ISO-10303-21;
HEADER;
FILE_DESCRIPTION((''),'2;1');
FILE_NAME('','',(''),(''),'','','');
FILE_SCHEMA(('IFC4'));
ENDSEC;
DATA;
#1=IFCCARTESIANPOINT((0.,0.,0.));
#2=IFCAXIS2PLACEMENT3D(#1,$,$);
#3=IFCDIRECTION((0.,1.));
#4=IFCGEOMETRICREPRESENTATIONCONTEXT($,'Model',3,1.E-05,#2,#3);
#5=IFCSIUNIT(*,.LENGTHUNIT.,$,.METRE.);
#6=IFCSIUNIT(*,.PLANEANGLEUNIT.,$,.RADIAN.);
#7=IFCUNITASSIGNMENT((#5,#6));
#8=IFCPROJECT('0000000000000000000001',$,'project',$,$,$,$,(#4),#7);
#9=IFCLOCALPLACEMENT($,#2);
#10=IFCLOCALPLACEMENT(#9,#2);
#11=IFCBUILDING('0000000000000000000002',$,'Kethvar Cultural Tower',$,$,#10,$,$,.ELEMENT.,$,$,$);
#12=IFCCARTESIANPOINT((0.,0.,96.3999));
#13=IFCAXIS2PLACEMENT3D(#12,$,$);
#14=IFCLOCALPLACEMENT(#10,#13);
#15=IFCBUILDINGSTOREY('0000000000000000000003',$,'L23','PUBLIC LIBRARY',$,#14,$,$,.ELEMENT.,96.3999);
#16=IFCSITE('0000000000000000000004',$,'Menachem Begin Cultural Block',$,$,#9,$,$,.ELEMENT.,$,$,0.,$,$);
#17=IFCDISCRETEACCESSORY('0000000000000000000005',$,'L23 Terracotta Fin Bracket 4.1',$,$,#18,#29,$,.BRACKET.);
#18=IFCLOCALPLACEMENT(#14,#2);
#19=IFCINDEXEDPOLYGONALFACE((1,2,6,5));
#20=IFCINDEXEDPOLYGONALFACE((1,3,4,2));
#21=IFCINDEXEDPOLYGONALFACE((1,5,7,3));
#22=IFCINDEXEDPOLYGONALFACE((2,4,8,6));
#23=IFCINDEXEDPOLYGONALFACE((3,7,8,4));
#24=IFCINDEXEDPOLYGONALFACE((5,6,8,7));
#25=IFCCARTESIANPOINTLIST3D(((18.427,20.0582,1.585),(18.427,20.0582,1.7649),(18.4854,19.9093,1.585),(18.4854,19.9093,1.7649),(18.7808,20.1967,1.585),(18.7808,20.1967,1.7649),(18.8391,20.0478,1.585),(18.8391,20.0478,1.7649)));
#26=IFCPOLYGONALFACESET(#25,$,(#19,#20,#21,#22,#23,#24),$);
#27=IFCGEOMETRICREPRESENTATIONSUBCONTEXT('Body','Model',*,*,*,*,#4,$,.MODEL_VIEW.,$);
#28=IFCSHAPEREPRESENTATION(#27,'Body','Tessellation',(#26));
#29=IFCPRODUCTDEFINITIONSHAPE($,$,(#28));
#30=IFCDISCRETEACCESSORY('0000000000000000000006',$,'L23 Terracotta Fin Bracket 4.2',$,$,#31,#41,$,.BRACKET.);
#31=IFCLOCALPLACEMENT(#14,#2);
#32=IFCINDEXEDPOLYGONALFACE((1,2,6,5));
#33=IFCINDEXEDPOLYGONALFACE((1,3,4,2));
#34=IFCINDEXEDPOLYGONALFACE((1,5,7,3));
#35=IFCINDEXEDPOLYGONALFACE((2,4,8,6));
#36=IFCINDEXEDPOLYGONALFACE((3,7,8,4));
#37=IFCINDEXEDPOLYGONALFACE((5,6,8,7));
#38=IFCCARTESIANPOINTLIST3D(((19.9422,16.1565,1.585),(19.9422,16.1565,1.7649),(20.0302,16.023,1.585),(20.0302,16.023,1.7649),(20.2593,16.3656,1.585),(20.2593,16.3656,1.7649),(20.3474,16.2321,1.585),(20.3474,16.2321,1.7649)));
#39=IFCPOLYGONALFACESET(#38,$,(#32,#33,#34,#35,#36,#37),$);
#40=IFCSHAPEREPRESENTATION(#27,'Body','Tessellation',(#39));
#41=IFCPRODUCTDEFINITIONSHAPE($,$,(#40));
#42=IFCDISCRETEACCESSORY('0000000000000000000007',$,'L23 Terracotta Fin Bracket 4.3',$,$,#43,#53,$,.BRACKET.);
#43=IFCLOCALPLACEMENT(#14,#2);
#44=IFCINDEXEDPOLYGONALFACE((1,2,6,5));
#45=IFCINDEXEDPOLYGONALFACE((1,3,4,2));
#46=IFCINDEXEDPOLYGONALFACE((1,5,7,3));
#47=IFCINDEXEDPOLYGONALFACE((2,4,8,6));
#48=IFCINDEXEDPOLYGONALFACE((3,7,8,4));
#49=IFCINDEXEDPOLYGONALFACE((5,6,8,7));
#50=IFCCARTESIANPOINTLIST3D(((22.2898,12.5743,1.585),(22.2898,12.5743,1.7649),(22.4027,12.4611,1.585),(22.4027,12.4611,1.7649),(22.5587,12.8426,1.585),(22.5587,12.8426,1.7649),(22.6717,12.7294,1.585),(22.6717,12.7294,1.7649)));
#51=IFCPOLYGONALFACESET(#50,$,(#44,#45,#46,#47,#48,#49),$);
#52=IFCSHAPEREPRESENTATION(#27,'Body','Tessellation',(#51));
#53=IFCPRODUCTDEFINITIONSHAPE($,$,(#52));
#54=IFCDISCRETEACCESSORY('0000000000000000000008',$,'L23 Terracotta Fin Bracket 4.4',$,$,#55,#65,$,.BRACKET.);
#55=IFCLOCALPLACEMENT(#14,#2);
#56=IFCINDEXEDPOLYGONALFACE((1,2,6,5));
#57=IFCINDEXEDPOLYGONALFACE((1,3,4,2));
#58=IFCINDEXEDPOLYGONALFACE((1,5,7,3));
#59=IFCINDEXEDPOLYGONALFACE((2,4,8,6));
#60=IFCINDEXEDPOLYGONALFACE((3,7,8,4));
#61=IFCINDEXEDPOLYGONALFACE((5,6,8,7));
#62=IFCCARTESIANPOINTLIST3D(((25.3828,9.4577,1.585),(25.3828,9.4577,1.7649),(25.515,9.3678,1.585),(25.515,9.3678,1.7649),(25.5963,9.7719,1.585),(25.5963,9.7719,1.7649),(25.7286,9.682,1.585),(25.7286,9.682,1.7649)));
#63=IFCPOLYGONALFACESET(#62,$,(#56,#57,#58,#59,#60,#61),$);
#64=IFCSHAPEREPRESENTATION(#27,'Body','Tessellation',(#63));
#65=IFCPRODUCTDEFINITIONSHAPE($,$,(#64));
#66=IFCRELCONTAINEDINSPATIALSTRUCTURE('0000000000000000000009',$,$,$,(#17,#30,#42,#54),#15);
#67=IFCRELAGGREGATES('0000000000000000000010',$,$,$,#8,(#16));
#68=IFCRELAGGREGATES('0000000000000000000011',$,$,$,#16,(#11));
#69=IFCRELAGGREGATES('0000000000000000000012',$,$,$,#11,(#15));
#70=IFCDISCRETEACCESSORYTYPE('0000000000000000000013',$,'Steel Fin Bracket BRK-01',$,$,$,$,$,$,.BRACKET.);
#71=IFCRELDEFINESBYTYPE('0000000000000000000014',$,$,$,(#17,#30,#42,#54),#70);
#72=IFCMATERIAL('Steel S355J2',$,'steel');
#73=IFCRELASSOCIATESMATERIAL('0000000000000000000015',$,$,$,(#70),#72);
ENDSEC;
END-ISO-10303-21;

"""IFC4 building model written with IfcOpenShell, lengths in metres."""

from ifc_helpers import new_model, si_unit, direction, frame, origin, origin_2d, place, context, subcontext, project, spatial, rectangle, extrude, source, transform, mapped, material, type_object, element, save


model = new_model("IFC4")

# Units and contexts
model_context = context("Model", 3, precision=1e-05, world=origin(), true_north=direction((0.0, 1.0)))
body_context = subcontext(model_context, "Body", "Model", "MODEL_VIEW")
ifc_project = project(units=[si_unit("LENGTHUNIT", "METRE"), si_unit("PLANEANGLEUNIT", "RADIAN")], contexts=[model_context])

# Site, building, storey
site_placement = place(None, origin())
site = spatial("IfcSite", under=ifc_project, at=site_placement, Name="Menachem Begin Cultural Block", CompositionType="ELEMENT", RefElevation=0.0)
building_placement = place(site_placement, origin())
building = spatial("IfcBuilding", under=site, at=building_placement, Name="Kethvar Cultural Tower", CompositionType="ELEMENT")
storey_placement = place(building_placement, frame((0.0, 0.0, 96.3999)))
storey = spatial("IfcBuildingStorey", under=building, at=storey_placement, Name="L23", Description="PUBLIC LIBRARY", CompositionType="ELEMENT", Elevation=96.3999)

# Shared definitions
ifc_material_1 = material(Name="Steel S355J2", Category="steel")

# Discrete accessories
discrete_accessory_type = type_object("IfcDiscreteAccessoryType", Name="Steel Fin Bracket BRK-01", PredefinedType="BRACKET", material=ifc_material_1)
shared_shape_1 = source(origin(), body_context, "Body", "SweptSolid", [
    extrude(rectangle(XDim=0.3799, YDim=0.1599, at=origin_2d()), origin(), (0.0, 0.0, 1.0), 0.1799),
])
for number, where, z_axis, x_axis, name in (
    (1, (18.6331, 20.053, 1.585), (0.0, 0.0, 1.0), (-0.931119, -0.364714, 0.0), "L23 Terracotta Fin Bracket 4.1"),
    (2, (20.1448, 16.1943, 1.585), (0.0, 0.0, 1.0), (-0.834848, -0.550481, 0.0), "L23 Terracotta Fin Bracket 4.2"),
    (3, (22.4807, 12.6519, 1.585), (0.0, 0.0, 1.0), (-0.70797, -0.706242, 0.0), "L23 Terracotta Fin Bracket 4.3"),
    (4, (25.5557, 9.5698, 1.585), (0.0, 0.0, 1.0), (-0.562083, -0.827081, 0.0), "L23 Terracotta Fin Bracket 4.4"),
):
    element("IfcDiscreteAccessory", number, at=place(storey_placement, frame(where, z_axis=z_axis, x_axis=x_axis)), inside=storey, type_object=discrete_accessory_type, Name=name, PredefinedType="BRACKET", context=body_context, shape_type="MappedRepresentation", body=[
        mapped(shared_shape_1, transform((0.0, 0.0, 0.0), scale=1.0)),
    ])

save(model, "model.ifc")
